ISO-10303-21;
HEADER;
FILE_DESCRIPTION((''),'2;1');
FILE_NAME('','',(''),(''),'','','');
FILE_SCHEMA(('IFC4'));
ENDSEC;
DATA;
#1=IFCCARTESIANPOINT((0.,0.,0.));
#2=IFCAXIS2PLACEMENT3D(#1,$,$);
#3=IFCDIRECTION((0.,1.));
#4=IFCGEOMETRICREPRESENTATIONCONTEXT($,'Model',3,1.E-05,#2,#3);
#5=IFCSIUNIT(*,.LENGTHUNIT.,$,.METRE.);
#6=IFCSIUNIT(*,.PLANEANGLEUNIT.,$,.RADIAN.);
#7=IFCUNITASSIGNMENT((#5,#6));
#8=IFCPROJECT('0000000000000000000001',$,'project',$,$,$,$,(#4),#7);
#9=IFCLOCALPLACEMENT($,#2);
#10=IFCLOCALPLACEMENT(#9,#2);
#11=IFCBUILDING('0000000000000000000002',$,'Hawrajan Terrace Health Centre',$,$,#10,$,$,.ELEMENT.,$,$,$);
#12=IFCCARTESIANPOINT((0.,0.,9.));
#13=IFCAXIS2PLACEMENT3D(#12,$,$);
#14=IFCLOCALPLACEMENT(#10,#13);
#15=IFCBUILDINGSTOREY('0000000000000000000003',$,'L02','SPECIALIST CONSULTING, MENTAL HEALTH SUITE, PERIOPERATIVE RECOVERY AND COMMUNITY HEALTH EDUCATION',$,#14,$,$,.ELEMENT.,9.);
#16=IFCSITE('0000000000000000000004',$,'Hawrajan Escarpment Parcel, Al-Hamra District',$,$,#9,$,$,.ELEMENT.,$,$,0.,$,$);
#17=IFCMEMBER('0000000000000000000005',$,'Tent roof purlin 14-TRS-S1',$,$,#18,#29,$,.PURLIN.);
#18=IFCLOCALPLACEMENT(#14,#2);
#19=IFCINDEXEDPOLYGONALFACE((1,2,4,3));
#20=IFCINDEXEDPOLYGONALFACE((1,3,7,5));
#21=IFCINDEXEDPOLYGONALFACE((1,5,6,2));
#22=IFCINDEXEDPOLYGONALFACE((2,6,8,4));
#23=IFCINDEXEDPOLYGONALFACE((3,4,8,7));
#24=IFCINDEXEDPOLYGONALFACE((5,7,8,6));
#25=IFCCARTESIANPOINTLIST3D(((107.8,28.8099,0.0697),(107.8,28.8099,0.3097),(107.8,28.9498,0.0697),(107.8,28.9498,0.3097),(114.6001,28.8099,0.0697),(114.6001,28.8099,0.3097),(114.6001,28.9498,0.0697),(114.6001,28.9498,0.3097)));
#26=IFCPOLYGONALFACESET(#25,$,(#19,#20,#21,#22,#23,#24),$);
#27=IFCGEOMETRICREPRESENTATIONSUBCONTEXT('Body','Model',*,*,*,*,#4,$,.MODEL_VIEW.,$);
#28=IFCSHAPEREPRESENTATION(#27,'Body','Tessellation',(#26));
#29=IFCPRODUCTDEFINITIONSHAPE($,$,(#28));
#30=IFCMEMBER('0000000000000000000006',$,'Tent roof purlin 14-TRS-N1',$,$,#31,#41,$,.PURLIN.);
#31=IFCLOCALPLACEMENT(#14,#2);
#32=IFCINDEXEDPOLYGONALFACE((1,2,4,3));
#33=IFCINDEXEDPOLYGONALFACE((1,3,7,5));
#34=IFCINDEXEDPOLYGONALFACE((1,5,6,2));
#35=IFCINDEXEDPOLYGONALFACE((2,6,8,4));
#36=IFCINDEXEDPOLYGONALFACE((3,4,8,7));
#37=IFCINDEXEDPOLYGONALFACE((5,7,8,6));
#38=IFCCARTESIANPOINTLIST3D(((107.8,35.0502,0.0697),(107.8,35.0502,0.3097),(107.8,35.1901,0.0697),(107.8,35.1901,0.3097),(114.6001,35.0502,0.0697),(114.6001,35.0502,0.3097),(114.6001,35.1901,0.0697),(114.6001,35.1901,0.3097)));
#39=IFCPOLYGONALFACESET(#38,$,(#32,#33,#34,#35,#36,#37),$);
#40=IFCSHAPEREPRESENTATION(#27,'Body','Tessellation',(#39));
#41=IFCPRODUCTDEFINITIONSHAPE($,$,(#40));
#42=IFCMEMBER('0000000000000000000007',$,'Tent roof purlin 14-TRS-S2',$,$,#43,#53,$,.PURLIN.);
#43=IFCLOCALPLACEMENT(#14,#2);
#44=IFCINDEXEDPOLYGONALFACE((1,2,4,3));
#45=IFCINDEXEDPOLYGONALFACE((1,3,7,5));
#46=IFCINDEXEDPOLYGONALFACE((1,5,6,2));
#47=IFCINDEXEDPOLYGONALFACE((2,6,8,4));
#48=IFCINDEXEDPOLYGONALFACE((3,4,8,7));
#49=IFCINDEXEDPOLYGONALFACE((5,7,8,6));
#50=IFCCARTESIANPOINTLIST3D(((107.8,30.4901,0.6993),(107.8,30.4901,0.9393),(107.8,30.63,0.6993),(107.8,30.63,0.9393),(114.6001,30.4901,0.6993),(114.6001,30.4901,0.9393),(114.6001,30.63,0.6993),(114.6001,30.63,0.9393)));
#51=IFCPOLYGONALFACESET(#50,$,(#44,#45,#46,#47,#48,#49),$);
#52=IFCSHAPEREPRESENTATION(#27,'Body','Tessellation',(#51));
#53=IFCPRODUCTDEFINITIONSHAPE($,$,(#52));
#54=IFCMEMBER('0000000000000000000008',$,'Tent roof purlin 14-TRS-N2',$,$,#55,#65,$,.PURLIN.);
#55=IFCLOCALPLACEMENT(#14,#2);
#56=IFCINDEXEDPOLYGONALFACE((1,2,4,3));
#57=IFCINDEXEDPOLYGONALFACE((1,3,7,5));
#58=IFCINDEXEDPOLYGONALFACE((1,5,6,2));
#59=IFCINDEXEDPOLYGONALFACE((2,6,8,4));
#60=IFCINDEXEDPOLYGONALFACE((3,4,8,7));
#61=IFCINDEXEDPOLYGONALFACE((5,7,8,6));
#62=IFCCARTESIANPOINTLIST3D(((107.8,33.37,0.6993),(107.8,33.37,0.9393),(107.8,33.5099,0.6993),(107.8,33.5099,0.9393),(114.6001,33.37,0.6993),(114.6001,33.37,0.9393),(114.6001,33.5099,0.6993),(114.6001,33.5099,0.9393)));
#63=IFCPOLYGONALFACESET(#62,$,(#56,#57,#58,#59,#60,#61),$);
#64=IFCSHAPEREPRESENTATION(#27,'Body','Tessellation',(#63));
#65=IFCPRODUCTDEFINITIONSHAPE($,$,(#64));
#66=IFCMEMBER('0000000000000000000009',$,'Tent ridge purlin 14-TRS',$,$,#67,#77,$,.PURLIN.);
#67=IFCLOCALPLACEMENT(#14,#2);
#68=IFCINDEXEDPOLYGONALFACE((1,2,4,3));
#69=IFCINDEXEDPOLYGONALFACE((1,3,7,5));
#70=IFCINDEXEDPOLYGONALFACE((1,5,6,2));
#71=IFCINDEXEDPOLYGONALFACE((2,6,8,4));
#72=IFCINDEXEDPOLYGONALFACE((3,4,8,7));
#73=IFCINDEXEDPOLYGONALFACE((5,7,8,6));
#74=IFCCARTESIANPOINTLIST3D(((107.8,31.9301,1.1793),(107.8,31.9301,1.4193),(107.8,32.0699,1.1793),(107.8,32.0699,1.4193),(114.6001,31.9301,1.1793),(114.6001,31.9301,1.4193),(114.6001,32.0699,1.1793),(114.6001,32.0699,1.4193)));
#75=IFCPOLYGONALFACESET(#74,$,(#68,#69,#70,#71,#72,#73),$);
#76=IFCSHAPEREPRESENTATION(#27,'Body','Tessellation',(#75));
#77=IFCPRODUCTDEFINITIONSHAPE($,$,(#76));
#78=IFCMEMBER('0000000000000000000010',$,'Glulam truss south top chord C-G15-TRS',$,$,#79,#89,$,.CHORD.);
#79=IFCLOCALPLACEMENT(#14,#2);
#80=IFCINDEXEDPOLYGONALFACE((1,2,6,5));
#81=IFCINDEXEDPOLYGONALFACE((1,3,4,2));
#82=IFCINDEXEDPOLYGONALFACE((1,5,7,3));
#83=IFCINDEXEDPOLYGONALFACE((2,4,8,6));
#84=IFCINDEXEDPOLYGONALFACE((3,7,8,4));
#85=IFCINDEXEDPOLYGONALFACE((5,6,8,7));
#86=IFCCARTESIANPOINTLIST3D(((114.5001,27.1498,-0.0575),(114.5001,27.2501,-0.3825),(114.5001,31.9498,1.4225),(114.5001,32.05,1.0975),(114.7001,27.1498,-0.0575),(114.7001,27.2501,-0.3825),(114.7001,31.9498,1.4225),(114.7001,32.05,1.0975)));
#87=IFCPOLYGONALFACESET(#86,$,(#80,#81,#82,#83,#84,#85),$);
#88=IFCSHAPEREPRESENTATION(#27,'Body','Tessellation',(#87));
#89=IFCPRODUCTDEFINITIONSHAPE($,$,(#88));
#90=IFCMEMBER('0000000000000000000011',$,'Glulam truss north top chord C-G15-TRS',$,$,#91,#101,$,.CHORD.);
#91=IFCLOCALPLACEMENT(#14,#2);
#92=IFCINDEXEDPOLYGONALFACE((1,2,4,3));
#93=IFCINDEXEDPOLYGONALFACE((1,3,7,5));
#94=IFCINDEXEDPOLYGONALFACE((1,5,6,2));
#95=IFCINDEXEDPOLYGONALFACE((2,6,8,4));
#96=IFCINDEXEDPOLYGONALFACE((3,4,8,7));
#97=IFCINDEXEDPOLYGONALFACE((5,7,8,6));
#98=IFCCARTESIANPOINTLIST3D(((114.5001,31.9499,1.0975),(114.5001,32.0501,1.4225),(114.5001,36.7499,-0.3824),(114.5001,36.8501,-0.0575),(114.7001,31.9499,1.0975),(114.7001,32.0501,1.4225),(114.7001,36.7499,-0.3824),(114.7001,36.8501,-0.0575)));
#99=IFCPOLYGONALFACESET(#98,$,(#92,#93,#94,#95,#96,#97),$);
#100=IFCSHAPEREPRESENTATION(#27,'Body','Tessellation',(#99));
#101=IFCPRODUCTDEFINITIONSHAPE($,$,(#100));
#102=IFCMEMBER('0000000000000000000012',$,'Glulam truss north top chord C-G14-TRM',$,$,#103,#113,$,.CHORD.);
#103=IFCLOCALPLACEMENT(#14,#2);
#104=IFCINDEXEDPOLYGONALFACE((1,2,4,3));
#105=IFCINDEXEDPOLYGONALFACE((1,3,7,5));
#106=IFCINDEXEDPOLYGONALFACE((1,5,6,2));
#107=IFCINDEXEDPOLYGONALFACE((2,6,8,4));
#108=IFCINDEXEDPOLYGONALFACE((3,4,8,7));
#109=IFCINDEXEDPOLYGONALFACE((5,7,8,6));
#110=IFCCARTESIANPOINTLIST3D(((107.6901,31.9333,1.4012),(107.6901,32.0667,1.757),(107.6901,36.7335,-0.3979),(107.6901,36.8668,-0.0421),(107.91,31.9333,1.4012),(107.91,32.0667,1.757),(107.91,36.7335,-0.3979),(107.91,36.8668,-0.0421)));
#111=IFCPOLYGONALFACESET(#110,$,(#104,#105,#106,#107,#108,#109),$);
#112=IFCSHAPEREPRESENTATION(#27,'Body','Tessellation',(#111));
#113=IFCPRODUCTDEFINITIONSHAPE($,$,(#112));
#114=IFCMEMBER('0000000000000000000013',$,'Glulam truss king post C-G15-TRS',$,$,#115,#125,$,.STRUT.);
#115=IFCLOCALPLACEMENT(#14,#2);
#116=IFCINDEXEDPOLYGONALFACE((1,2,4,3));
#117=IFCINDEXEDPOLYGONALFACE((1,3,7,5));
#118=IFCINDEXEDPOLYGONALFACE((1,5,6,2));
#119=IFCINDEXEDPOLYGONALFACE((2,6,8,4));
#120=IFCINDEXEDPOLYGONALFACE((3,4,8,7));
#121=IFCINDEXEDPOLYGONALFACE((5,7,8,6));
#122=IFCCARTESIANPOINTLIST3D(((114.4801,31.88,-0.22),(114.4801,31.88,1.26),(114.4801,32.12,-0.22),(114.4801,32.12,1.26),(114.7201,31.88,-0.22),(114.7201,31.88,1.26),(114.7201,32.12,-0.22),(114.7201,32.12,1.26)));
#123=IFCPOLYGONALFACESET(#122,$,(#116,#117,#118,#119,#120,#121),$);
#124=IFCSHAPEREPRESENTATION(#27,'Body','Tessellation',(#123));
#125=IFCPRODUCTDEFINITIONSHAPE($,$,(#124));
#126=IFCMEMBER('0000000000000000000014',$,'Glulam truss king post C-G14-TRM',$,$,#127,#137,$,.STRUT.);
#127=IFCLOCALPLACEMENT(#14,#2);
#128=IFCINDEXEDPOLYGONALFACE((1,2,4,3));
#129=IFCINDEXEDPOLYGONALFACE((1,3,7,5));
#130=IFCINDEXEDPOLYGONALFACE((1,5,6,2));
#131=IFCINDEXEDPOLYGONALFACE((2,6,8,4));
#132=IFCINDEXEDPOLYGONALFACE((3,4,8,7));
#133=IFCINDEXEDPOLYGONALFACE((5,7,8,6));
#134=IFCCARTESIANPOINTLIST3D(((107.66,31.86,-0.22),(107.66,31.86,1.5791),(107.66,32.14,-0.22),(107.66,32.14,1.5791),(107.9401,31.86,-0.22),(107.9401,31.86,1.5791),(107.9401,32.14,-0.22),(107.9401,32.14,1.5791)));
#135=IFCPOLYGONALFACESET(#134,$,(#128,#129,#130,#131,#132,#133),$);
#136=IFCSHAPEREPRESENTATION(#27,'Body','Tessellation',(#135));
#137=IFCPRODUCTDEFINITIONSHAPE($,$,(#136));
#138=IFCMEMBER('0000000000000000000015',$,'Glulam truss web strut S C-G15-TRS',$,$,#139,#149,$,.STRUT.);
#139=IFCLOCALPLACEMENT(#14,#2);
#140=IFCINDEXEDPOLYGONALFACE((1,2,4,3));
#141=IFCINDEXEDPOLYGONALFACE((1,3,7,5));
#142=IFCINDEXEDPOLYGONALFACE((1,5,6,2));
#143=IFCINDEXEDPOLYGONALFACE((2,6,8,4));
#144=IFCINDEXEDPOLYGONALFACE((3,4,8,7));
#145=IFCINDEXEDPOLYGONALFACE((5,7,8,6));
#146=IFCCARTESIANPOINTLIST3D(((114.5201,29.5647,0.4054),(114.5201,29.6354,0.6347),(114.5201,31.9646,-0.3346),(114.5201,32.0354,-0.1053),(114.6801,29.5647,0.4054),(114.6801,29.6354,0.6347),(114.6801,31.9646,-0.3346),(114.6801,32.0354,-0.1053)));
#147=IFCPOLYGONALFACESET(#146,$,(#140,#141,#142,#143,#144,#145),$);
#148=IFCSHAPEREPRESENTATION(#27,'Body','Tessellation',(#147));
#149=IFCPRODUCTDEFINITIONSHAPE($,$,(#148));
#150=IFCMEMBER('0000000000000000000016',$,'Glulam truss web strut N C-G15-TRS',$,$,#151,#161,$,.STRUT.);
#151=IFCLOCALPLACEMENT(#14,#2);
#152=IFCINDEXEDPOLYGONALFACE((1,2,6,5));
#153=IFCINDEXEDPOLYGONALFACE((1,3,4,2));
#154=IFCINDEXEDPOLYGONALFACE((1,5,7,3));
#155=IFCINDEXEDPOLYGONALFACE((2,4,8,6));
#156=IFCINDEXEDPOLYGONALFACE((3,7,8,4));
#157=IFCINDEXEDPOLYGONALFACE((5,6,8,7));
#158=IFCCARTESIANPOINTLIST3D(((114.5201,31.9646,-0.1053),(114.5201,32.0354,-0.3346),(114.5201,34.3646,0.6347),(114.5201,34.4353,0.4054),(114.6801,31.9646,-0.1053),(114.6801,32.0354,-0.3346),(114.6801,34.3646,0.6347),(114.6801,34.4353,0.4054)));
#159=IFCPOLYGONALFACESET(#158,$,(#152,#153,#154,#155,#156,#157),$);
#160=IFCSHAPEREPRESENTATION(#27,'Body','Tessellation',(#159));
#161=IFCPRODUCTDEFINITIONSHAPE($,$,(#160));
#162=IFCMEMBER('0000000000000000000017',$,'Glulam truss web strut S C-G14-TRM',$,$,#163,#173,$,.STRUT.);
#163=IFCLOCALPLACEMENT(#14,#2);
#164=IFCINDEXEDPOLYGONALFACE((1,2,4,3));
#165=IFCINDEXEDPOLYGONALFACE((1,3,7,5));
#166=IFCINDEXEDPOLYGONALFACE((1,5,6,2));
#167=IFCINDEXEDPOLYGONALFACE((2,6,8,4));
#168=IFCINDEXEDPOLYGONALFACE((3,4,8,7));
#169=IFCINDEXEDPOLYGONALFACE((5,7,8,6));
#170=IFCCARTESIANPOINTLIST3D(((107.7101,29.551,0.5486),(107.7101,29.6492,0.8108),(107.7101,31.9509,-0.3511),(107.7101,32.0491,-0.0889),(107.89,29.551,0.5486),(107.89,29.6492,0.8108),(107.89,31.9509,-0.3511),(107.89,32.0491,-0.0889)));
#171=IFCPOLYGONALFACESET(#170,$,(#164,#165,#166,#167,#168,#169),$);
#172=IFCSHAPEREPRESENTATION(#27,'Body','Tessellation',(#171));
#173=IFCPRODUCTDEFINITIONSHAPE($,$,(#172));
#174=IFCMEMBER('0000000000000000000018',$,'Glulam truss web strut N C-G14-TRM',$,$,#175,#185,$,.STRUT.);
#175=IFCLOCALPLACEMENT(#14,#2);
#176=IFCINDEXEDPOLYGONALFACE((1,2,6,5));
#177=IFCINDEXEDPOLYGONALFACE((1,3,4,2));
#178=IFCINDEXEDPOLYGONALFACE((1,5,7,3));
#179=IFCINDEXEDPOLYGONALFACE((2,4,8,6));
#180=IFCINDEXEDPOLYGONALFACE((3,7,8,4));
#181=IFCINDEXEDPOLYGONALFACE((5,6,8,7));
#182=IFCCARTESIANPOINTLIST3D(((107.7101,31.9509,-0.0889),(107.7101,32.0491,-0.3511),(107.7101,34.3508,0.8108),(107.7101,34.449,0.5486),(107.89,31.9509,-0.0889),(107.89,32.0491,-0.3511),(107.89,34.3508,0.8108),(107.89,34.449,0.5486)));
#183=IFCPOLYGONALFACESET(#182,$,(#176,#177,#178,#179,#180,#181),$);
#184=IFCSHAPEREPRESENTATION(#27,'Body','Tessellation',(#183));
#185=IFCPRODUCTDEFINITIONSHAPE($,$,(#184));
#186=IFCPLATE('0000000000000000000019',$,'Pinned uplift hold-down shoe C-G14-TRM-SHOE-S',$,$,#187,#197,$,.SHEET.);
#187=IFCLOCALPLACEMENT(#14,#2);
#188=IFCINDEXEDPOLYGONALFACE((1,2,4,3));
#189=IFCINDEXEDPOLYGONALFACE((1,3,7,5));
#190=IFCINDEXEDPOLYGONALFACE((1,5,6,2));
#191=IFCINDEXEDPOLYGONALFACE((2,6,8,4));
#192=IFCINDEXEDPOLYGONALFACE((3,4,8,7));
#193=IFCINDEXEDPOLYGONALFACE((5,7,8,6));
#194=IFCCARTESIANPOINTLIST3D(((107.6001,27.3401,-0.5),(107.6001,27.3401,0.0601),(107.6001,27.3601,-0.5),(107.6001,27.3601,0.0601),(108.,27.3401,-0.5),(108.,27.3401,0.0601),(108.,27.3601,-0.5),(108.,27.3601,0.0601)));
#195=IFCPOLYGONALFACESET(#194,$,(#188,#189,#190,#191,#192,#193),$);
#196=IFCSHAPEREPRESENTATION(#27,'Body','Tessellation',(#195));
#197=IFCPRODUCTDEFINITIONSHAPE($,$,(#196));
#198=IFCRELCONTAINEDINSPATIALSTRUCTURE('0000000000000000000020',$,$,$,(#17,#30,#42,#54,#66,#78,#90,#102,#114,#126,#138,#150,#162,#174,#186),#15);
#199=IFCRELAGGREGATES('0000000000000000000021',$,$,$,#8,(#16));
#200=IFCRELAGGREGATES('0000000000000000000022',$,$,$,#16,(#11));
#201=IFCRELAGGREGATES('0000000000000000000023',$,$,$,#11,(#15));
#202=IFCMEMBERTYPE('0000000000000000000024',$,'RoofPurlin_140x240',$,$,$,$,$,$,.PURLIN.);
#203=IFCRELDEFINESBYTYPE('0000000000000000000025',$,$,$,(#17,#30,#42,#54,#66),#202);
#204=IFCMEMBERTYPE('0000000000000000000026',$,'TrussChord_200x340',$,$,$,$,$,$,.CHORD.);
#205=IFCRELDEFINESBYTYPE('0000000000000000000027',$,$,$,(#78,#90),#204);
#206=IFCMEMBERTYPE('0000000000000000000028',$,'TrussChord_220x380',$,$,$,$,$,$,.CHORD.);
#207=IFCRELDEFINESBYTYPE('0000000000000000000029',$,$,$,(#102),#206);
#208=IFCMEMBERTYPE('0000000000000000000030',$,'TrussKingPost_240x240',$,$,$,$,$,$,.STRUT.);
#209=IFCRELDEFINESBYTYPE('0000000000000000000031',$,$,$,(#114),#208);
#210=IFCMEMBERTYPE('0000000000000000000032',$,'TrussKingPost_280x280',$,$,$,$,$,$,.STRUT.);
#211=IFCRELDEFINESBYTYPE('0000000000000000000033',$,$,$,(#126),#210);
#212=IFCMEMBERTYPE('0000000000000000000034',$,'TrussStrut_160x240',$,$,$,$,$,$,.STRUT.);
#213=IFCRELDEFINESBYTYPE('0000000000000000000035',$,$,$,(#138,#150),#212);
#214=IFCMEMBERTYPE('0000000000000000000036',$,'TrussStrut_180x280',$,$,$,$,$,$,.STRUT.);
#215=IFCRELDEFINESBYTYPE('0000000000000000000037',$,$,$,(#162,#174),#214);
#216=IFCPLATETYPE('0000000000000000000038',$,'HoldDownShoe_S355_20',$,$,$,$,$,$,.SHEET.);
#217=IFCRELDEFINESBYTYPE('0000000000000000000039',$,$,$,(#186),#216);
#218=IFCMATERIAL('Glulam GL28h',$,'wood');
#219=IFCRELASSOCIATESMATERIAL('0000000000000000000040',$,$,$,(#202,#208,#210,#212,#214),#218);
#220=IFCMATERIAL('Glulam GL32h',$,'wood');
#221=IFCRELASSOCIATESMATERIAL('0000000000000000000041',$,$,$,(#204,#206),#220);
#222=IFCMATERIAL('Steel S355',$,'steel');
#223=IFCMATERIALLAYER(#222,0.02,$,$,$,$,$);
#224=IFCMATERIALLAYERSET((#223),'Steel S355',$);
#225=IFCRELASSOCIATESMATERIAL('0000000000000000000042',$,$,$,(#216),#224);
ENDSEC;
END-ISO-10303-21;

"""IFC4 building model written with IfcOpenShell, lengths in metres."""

from ifc_helpers import new_model, si_unit, direction, frame, origin, origin_2d, place, context, subcontext, project, spatial, rectangle, extrude, material, layer, layer_set, material_profile, profile_set, type_object, element, save


model = new_model("IFC4")

# Units and contexts
model_context = context("Model", 3, precision=1e-05, world=origin(), true_north=direction((0.0, 1.0)))
body_context = subcontext(model_context, "Body", "Model", "MODEL_VIEW")
ifc_project = project(units=[si_unit("LENGTHUNIT", "METRE"), si_unit("PLANEANGLEUNIT", "RADIAN")], contexts=[model_context])

# Site, building, storey
site_placement = place(None, origin())
site = spatial("IfcSite", under=ifc_project, at=site_placement, Name="Hawrajan Escarpment Parcel, Al-Hamra District", CompositionType="ELEMENT", RefElevation=0.0)
building_placement = place(site_placement, origin())
building = spatial("IfcBuilding", under=site, at=building_placement, Name="Hawrajan Terrace Health Centre", CompositionType="ELEMENT")
storey_placement = place(building_placement, frame((0.0, 0.0, 9.0)))
storey = spatial("IfcBuildingStorey", under=building, at=storey_placement, Name="L02", Description="SPECIALIST CONSULTING, MENTAL HEALTH SUITE, PERIOPERATIVE RECOVERY AND COMMUNITY HEALTH EDUCATION", CompositionType="ELEMENT", Elevation=9.0)

# Members
ifc_material_1 = material(Name="Glulam GL28h", Category="wood")
ifc_material_profile_1 = material_profile(ifc_material_1, rectangle(XDim=0.1399, YDim=0.24, at=origin_2d()), Name="GL PUR 140x240")
ifc_profile_set_1 = profile_set([ifc_material_profile_1], Name="Glulam GL28h")
member_type_1 = type_object("IfcMemberType", Name="RoofPurlin_140x240", PredefinedType="PURLIN", material=ifc_profile_set_1)
for number, where, z_axis, x_axis, name in (
    (1, (107.8, 28.8799, 0.1897), (1.0, 0.0, 0.0), (0.0, 1.0, 0.0), "Tent roof purlin 14-TRS-S1"),
    (2, (107.8, 35.1201, 0.1897), (1.0, 0.0, 0.0), (0.0, 1.0, 0.0), "Tent roof purlin 14-TRS-N1"),
    (3, (107.8, 30.5601, 0.8193), (1.0, 0.0, 0.0), (0.0, 1.0, 0.0), "Tent roof purlin 14-TRS-S2"),
    (4, (107.8, 33.4399, 0.8193), (1.0, 0.0, 0.0), (0.0, 1.0, 0.0), "Tent roof purlin 14-TRS-N2"),
    (5, (107.8, 32.0, 1.2993), (1.0, 0.0, 0.0), (0.0, 1.0, 0.0), "Tent ridge purlin 14-TRS"),
):
    element("IfcMember", number, at=place(storey_placement, frame(where, z_axis=z_axis, x_axis=x_axis)), inside=storey, type_object=member_type_1, Name=name, PredefinedType="PURLIN", context=body_context, shape_type="SweptSolid", body=[
        extrude(rectangle(XDim=0.1399, YDim=0.24, at=origin_2d()), origin(), (0.0, 0.0, 1.0), 6.8),
    ])
ifc_material_2 = material(Name="Glulam GL32h", Category="wood")
ifc_material_profile_2 = material_profile(ifc_material_2, rectangle(XDim=0.2, YDim=0.3401, at=origin_2d()), Name="GL CHD 200x340")
ifc_profile_set_2 = profile_set([ifc_material_profile_2], Name="Glulam GL32h")
member_type_2 = type_object("IfcMemberType", Name="TrussChord_200x340", PredefinedType="CHORD", material=ifc_profile_set_2)
for number, where, z_axis, x_axis, name in (
    (6, (114.6001, 27.2, -0.22), (0.0, 0.955609, 0.294639), (-1.0, 0.0, 0.0), "Glulam truss south top chord C-G15-TRS"),
    (7, (114.6001, 32.0, 1.26), (0.0, 0.955609, -0.294639), (-1.0, 0.0, 0.0), "Glulam truss north top chord C-G15-TRS"),
):
    element("IfcMember", number, at=place(storey_placement, frame(where, z_axis=z_axis, x_axis=x_axis)), inside=storey, type_object=member_type_2, Name=name, PredefinedType="CHORD", context=body_context, shape_type="SweptSolid", body=[
        extrude(rectangle(XDim=0.2, YDim=0.3401, at=origin_2d()), origin(), (0.0, 0.0, 1.0), 5.0229),
    ])
ifc_material_profile_3 = material_profile(ifc_material_2, rectangle(XDim=0.22, YDim=0.3799, at=origin_2d()), Name="GL CHD 220x380")
ifc_profile_set_3 = profile_set([ifc_material_profile_3], Name="Glulam GL32h")
member_type_3 = type_object("IfcMemberType", Name="TrussChord_220x380", PredefinedType="CHORD", material=ifc_profile_set_3)
member_1_placement = place(storey_placement, frame((107.8, 32.0, 1.5791), z_axis=(0.0, 0.93639, -0.350962), x_axis=(-1.0, 0.0, 0.0)))
element("IfcMember", 8, at=member_1_placement, inside=storey, type_object=member_type_3, Name="Glulam truss north top chord C-G14-TRM", PredefinedType="CHORD", context=body_context, shape_type="SweptSolid", body=[
    extrude(rectangle(XDim=0.22, YDim=0.3799, at=origin_2d()), origin(), (0.0, 0.0, 1.0), 5.1262),
])
ifc_material_profile_4 = material_profile(ifc_material_1, rectangle(XDim=0.24, YDim=0.24, at=origin_2d()), Name="GL KP 240x240")
ifc_profile_set_4 = profile_set([ifc_material_profile_4], Name="Glulam GL28h")
member_type_4 = type_object("IfcMemberType", Name="TrussKingPost_240x240", PredefinedType="STRUT", material=ifc_profile_set_4)
member_2_placement = place(storey_placement, frame((114.6001, 32.0, -0.22), z_axis=(0.0, 0.0, 1.0), x_axis=(1.0, 0.0, 0.0)))
element("IfcMember", 9, at=member_2_placement, inside=storey, type_object=member_type_4, Name="Glulam truss king post C-G15-TRS", PredefinedType="STRUT", context=body_context, shape_type="SweptSolid", body=[
    extrude(rectangle(XDim=0.24, YDim=0.24, at=origin_2d()), origin(), (0.0, 0.0, 1.0), 1.48),
])
ifc_material_profile_5 = material_profile(ifc_material_1, rectangle(XDim=0.28, YDim=0.28, at=origin_2d()), Name="GL KP 280x280")
ifc_profile_set_5 = profile_set([ifc_material_profile_5], Name="Glulam GL28h")
member_type_5 = type_object("IfcMemberType", Name="TrussKingPost_280x280", PredefinedType="STRUT", material=ifc_profile_set_5)
member_3_placement = place(storey_placement, frame((107.8, 32.0, -0.22), z_axis=(0.0, 0.0, 1.0), x_axis=(1.0, 0.0, 0.0)))
element("IfcMember", 10, at=member_3_placement, inside=storey, type_object=member_type_5, Name="Glulam truss king post C-G14-TRM", PredefinedType="STRUT", context=body_context, shape_type="SweptSolid", body=[
    extrude(rectangle(XDim=0.28, YDim=0.28, at=origin_2d()), origin(), (0.0, 0.0, 1.0), 1.7991),
])
ifc_material_profile_6 = material_profile(ifc_material_1, rectangle(XDim=0.1599, YDim=0.24, at=origin_2d()), Name="GL WEB 160x240")
ifc_profile_set_6 = profile_set([ifc_material_profile_6], Name="Glulam GL28h")
member_type_6 = type_object("IfcMemberType", Name="TrussStrut_160x240", PredefinedType="STRUT", material=ifc_profile_set_6)
for number, where, z_axis, x_axis, name in (
    (11, (114.6001, 32.0, -0.22), (0.0, -0.955604, 0.294653), (1.0, 0.0, 0.0), "Glulam truss web strut S C-G15-TRS"),
    (12, (114.6001, 32.0, -0.22), (0.0, 0.955604, 0.294653), (-1.0, 0.0, 0.0), "Glulam truss web strut N C-G15-TRS"),
):
    element("IfcMember", number, at=place(storey_placement, frame(where, z_axis=z_axis, x_axis=x_axis)), inside=storey, type_object=member_type_6, Name=name, PredefinedType="STRUT", context=body_context, shape_type="SweptSolid", body=[
        extrude(rectangle(XDim=0.1599, YDim=0.24, at=origin_2d()), origin(), (0.0, 0.0, 1.0), 2.5115),
    ])
ifc_material_profile_7 = material_profile(ifc_material_1, rectangle(XDim=0.1799, YDim=0.28, at=origin_2d()), Name="GL WEB 180x280")
ifc_profile_set_7 = profile_set([ifc_material_profile_7], Name="Glulam GL28h")
member_type_7 = type_object("IfcMemberType", Name="TrussStrut_180x280", PredefinedType="STRUT", material=ifc_profile_set_7)
for number, where, z_axis, x_axis, name in (
    (13, (107.8, 32.0, -0.22), (0.0, -0.936368, 0.351019), (1.0, 0.0, 0.0), "Glulam truss web strut S C-G14-TRM"),
    (14, (107.8, 32.0, -0.22), (0.0, 0.936368, 0.351019), (-1.0, 0.0, 0.0), "Glulam truss web strut N C-G14-TRM"),
):
    element("IfcMember", number, at=place(storey_placement, frame(where, z_axis=z_axis, x_axis=x_axis)), inside=storey, type_object=member_type_7, Name=name, PredefinedType="STRUT", context=body_context, shape_type="SweptSolid", body=[
        extrude(rectangle(XDim=0.1799, YDim=0.28, at=origin_2d()), origin(), (0.0, 0.0, 1.0), 2.563),
    ])

# Plate
ifc_material_3 = material(Name="Steel S355", Category="steel")
ifc_layer_1 = layer(ifc_material_3, 0.02)
ifc_layer_set_1 = layer_set([ifc_layer_1], Name="Steel S355")
plate_type_1 = type_object("IfcPlateType", Name="HoldDownShoe_S355_20", PredefinedType="SHEET", material=ifc_layer_set_1)
for number, where, z_axis, x_axis, name in (
    (15, (107.8, 27.3501, -0.5), (0.0, 0.0, 1.0), (1.0, 0.0, 0.0), "Pinned uplift hold-down shoe C-G14-TRM-SHOE-S"),
):
    element("IfcPlate", number, at=place(storey_placement, frame(where, z_axis=z_axis, x_axis=x_axis)), inside=storey, type_object=plate_type_1, Name=name, PredefinedType="SHEET", context=body_context, shape_type="SweptSolid", body=[
        extrude(rectangle(XDim=0.3999, YDim=0.02, at=origin_2d()), origin(), (0.0, 0.0, 1.0), 0.5601),
    ])

save(model, "model.ifc")
